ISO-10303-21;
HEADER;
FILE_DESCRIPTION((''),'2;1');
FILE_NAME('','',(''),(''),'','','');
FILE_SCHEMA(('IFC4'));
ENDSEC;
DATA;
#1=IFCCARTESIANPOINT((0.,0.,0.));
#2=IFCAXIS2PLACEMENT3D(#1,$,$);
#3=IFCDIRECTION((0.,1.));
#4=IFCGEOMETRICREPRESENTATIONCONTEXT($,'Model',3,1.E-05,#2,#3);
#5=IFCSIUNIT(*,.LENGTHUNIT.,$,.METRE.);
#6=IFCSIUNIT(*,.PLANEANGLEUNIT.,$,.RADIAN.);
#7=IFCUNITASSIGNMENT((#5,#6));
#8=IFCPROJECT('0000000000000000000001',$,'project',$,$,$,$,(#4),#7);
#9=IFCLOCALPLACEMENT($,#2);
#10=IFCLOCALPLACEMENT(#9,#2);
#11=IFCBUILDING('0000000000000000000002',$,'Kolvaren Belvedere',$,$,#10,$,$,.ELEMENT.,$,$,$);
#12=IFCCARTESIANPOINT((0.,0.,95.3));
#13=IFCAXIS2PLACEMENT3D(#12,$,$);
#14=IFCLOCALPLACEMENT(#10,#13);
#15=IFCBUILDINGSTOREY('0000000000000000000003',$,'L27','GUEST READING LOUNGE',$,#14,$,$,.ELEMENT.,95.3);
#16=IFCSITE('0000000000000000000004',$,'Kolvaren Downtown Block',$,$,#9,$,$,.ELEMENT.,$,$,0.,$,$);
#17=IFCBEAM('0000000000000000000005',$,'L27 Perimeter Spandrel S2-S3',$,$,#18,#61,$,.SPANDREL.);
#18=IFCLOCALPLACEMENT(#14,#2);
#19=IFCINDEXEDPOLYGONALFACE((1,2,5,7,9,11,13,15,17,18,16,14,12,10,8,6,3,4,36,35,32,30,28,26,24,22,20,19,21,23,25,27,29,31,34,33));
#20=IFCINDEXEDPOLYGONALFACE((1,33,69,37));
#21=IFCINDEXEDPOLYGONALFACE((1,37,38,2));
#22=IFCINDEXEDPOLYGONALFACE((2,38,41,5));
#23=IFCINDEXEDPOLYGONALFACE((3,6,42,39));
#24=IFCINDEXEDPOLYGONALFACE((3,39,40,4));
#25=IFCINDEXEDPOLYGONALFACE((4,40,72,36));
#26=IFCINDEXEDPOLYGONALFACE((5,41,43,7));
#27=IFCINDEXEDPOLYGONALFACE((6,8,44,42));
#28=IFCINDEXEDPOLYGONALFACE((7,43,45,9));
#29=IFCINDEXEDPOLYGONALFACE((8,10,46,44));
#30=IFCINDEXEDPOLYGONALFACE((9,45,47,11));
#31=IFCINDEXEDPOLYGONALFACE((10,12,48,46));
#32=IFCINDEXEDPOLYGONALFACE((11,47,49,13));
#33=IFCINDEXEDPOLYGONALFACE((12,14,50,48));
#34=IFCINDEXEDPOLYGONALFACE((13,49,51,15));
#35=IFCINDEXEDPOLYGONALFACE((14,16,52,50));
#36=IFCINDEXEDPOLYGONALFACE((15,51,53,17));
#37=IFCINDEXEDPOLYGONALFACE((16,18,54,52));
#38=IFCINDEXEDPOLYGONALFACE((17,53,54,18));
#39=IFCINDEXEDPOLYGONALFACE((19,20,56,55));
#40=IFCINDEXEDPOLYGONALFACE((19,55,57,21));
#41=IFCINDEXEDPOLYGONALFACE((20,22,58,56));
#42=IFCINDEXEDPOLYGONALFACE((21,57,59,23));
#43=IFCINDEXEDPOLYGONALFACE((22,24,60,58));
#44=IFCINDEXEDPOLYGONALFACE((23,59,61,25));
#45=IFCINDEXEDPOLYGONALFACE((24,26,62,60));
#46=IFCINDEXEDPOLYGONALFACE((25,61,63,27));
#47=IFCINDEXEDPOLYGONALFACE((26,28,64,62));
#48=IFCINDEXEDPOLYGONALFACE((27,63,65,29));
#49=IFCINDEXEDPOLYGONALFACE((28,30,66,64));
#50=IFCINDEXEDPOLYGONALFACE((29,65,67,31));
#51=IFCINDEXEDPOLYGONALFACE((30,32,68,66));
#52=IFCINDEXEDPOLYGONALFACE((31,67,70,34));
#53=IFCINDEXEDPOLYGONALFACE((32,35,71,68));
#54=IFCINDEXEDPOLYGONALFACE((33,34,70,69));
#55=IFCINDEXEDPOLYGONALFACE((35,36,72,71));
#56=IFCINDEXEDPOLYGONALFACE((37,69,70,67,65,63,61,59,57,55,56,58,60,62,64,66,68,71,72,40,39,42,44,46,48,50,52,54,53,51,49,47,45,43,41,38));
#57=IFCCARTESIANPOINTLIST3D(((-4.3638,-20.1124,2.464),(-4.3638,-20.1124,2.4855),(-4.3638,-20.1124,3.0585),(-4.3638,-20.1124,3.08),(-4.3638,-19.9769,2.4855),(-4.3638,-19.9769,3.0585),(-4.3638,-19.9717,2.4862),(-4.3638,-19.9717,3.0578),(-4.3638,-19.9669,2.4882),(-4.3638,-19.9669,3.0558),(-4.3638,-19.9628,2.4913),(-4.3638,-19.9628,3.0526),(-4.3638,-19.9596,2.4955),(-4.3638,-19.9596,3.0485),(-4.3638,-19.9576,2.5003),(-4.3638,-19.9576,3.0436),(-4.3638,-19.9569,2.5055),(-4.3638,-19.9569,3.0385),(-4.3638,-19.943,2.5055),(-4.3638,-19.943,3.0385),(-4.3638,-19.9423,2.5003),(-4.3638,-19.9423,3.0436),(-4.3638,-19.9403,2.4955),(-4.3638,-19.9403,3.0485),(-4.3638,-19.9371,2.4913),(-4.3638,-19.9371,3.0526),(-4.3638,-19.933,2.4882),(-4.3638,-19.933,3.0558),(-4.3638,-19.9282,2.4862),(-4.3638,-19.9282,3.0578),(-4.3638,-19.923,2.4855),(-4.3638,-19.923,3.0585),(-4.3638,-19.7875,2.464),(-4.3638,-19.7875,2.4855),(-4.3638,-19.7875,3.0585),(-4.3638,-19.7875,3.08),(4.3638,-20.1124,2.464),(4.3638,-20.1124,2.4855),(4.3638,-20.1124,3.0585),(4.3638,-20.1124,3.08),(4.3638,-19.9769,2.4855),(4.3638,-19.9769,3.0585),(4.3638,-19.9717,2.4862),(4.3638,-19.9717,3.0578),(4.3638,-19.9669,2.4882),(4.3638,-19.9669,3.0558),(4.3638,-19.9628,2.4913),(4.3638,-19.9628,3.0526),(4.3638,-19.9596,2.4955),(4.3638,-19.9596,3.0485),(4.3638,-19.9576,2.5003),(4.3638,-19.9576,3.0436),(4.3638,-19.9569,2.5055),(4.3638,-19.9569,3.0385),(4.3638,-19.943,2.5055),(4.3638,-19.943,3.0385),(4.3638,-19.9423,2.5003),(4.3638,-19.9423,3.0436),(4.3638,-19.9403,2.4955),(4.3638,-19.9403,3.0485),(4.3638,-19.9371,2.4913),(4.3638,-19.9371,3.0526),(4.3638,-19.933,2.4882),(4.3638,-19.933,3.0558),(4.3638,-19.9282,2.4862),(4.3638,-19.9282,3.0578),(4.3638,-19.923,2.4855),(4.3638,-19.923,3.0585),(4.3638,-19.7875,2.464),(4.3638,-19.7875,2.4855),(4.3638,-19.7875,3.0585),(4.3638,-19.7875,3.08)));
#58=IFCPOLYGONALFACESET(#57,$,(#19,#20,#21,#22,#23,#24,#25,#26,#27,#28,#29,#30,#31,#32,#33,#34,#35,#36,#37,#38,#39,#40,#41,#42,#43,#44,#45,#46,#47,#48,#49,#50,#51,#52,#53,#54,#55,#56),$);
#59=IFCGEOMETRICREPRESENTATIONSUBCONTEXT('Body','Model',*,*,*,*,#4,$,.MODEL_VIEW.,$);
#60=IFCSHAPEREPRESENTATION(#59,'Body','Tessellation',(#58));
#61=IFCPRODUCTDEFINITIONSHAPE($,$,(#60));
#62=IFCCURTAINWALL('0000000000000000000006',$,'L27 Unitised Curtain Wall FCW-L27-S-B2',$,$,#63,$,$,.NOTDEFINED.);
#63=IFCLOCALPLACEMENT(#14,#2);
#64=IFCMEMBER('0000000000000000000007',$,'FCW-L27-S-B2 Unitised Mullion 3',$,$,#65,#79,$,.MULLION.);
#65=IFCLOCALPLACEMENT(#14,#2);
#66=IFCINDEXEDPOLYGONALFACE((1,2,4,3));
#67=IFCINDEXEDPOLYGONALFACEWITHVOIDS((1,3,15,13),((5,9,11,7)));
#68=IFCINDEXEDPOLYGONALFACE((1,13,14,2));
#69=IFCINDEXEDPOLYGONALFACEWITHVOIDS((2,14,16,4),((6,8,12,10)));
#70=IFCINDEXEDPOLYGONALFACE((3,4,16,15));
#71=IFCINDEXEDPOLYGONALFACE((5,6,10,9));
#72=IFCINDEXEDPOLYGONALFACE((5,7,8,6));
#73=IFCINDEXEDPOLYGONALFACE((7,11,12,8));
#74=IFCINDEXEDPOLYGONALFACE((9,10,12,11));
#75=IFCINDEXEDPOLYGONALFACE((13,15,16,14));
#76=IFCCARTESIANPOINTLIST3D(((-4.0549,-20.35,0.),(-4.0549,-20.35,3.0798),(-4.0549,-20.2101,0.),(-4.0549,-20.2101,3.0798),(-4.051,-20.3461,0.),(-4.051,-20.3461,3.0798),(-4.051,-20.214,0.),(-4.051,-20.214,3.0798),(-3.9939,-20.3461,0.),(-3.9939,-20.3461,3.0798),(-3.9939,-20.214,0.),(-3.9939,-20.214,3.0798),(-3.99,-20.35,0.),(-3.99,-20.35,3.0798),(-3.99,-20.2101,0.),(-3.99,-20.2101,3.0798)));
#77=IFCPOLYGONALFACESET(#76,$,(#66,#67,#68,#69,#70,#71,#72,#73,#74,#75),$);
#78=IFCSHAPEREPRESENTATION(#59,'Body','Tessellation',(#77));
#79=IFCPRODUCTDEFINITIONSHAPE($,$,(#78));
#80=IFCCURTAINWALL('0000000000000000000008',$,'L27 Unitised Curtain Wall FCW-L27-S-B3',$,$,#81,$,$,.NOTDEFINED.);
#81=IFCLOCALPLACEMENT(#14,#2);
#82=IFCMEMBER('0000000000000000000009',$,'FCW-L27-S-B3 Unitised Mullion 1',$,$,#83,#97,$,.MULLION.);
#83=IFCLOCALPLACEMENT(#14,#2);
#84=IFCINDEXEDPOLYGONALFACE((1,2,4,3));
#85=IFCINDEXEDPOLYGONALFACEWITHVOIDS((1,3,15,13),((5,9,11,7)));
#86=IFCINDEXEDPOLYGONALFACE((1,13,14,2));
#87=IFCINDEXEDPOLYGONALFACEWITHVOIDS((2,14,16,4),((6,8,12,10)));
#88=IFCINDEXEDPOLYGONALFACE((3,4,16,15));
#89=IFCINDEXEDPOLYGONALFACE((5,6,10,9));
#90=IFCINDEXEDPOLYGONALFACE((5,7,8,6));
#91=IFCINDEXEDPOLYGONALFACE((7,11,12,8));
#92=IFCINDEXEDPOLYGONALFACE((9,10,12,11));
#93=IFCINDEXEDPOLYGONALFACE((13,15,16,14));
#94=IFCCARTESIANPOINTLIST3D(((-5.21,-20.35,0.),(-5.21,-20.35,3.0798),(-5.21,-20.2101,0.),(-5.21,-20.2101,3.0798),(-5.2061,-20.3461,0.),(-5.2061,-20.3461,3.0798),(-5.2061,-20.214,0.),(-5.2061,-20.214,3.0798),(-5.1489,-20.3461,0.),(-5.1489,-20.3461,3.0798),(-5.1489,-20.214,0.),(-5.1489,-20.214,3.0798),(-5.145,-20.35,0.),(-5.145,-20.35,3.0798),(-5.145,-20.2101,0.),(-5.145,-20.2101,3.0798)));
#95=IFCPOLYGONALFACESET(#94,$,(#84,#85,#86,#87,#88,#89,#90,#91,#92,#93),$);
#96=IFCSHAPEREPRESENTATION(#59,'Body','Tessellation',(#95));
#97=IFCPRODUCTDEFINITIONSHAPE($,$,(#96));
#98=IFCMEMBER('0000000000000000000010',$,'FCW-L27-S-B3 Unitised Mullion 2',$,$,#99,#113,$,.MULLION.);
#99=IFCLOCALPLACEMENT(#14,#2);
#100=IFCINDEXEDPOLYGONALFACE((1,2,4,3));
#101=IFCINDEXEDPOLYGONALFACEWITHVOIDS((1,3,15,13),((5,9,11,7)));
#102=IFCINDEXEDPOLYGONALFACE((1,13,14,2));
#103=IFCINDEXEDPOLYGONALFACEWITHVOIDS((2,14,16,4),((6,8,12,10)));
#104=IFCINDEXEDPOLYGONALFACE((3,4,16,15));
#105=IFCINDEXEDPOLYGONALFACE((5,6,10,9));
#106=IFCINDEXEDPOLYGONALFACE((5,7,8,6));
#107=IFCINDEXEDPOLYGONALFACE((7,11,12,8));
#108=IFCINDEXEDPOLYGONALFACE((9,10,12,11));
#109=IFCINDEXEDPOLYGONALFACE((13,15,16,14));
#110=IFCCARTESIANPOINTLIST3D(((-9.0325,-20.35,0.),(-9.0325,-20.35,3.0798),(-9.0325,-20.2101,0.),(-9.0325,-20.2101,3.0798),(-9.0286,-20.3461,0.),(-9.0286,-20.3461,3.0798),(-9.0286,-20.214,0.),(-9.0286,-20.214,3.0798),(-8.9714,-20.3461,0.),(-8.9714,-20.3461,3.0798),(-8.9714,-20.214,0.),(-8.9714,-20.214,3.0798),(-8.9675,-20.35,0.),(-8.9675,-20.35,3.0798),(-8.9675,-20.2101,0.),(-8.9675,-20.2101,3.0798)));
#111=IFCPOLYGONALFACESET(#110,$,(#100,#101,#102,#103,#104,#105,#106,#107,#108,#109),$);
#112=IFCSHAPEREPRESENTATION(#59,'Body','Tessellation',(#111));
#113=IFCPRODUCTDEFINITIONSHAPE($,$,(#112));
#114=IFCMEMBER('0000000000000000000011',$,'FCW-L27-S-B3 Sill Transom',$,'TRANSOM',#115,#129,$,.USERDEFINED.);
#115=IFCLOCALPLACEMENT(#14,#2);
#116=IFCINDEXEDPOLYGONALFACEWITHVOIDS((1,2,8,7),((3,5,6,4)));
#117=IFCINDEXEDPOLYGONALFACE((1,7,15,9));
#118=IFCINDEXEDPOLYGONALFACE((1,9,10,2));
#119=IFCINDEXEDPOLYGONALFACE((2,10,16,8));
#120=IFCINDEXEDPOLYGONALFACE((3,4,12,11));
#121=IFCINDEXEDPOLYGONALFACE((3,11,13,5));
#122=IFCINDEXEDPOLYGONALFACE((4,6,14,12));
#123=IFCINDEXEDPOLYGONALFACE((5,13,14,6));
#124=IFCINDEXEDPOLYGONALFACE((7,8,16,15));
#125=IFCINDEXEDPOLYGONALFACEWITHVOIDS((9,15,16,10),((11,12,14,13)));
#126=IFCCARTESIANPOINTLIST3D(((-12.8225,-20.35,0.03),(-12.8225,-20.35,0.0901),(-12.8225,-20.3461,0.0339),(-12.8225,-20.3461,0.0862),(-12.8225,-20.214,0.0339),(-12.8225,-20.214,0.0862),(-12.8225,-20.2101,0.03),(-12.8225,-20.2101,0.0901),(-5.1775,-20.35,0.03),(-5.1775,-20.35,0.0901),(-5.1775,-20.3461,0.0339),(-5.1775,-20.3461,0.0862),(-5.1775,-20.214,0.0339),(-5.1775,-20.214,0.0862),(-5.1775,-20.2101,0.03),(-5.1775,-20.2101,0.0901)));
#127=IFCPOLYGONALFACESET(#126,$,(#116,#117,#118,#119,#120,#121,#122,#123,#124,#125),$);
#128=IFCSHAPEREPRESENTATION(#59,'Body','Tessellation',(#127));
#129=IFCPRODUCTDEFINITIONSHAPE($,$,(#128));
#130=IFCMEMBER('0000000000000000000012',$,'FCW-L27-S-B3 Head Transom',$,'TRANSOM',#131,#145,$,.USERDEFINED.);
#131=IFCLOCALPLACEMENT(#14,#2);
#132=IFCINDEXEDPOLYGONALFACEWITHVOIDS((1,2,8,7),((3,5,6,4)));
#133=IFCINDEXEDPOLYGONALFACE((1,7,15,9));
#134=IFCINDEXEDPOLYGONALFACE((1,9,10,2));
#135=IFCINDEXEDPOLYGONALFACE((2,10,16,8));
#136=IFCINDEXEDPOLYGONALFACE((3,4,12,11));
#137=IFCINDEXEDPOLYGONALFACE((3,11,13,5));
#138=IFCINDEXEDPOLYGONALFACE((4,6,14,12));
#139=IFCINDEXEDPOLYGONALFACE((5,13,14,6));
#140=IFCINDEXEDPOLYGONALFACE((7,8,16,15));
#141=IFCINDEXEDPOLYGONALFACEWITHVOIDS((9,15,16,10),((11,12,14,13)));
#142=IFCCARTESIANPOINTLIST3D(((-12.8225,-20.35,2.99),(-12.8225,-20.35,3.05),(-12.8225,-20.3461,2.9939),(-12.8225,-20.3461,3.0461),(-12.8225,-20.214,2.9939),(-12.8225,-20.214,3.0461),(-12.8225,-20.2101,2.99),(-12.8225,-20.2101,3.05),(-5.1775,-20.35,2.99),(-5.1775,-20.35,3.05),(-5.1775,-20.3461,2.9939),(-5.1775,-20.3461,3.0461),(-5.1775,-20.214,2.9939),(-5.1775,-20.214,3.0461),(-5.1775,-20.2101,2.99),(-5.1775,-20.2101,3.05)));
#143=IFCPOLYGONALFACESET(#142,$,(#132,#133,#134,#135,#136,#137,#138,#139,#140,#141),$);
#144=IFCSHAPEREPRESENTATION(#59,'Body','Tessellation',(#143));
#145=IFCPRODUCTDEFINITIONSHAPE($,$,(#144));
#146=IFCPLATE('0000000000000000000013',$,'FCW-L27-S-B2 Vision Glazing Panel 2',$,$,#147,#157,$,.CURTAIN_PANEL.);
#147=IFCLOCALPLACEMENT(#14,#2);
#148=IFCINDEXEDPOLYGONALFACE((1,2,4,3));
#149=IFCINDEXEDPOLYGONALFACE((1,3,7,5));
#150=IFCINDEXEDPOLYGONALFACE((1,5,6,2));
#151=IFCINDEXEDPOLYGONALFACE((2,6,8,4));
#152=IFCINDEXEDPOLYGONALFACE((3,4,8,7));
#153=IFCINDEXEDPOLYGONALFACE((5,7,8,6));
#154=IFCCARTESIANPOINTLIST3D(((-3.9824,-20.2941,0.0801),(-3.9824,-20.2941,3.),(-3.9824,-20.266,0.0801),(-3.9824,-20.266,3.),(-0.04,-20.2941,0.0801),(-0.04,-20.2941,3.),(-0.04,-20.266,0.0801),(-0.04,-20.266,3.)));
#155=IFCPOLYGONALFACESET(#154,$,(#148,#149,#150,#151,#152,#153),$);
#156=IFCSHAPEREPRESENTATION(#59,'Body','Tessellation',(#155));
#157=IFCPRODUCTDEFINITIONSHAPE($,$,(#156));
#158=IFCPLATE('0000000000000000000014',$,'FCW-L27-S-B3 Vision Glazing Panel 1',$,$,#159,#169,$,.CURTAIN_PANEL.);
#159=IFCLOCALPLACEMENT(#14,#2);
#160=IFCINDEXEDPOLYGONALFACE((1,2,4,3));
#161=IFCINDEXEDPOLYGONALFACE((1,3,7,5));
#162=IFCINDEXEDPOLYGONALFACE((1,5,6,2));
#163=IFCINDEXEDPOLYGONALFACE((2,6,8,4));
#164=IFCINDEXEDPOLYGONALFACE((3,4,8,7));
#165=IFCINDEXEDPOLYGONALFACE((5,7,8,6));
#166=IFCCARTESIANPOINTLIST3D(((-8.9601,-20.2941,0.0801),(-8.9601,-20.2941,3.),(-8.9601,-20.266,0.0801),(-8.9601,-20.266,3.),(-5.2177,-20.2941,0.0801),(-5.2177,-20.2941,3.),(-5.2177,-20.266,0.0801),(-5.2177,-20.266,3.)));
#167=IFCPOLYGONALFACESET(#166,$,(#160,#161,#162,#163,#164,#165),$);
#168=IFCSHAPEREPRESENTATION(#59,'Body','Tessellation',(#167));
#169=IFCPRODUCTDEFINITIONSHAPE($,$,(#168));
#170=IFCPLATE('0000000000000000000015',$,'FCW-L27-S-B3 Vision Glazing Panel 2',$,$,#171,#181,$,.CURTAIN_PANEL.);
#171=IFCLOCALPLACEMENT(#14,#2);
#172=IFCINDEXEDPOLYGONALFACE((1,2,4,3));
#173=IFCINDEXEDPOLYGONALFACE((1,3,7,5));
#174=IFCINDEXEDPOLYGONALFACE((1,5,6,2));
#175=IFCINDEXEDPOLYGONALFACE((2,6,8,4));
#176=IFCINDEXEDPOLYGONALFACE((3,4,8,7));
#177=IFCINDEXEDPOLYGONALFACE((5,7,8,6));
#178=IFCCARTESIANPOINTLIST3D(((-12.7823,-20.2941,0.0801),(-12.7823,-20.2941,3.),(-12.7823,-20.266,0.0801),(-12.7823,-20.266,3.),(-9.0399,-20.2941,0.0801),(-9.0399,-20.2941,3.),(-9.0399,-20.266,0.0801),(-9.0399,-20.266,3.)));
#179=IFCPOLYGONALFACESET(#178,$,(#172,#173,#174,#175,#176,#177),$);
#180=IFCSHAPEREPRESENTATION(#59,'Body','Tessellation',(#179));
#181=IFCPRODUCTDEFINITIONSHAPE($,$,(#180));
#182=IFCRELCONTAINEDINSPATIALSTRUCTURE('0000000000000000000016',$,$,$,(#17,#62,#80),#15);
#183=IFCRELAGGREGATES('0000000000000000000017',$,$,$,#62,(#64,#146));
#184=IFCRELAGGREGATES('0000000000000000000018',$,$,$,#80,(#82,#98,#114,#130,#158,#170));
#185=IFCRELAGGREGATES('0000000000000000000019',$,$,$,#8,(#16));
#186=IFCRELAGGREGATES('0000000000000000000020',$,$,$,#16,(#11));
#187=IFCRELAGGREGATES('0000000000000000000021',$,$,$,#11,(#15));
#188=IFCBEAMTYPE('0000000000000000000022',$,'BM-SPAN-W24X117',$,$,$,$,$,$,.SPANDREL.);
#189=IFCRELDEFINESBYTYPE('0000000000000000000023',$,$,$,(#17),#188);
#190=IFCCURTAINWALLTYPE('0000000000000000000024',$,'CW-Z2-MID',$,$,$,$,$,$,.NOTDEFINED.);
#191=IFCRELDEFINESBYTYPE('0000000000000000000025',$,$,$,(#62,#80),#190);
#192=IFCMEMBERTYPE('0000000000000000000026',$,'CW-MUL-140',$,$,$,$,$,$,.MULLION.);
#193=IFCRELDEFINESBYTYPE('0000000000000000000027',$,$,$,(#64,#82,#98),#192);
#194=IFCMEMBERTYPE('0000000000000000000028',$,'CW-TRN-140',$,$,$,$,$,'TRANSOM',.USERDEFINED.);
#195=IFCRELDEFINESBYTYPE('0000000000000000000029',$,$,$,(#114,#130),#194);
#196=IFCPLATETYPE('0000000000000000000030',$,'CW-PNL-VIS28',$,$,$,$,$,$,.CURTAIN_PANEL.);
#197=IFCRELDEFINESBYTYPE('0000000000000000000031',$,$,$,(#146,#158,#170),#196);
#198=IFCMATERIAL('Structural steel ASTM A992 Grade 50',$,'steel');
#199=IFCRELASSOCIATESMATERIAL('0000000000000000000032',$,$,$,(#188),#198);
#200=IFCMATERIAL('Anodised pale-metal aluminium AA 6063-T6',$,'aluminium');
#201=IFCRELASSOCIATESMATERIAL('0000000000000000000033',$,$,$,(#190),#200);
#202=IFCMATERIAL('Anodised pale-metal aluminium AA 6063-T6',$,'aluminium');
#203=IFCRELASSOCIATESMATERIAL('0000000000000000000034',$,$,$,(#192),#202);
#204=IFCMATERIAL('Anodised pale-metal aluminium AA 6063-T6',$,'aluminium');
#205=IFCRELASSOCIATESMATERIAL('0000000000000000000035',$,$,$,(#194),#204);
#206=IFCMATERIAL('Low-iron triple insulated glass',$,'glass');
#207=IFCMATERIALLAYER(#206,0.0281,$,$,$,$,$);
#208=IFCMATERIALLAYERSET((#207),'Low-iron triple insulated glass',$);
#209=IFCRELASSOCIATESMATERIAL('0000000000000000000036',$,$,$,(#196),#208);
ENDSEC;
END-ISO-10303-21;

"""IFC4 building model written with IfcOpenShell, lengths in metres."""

from ifc_helpers import new_model, si_unit, direction, frame, origin, origin_2d, place, context, subcontext, project, spatial, rectangle, hollow_rectangle, i_section, extrude, material, layer, layer_set, material_profile, profile_set, type_object, element, aggregate, save


model = new_model("IFC4")

# Units and contexts
model_context = context("Model", 3, precision=1e-05, world=origin(), true_north=direction((0.0, 1.0)))
body_context = subcontext(model_context, "Body", "Model", "MODEL_VIEW")
ifc_project = project(units=[si_unit("LENGTHUNIT", "METRE"), si_unit("PLANEANGLEUNIT", "RADIAN")], contexts=[model_context])

# Site, building, storey
site_placement = place(None, origin())
site = spatial("IfcSite", under=ifc_project, at=site_placement, Name="Kolvaren Downtown Block", CompositionType="ELEMENT", RefElevation=0.0)
building_placement = place(site_placement, origin())
building = spatial("IfcBuilding", under=site, at=building_placement, Name="Kolvaren Belvedere", CompositionType="ELEMENT")
storey_placement = place(building_placement, frame((0.0, 0.0, 95.3)))
storey = spatial("IfcBuildingStorey", under=building, at=storey_placement, Name="L27", Description="GUEST READING LOUNGE", CompositionType="ELEMENT", Elevation=95.3)

# Beam
ifc_material_1 = material(Name="Structural steel ASTM A992 Grade 50", Category="steel")
ifc_material_profile_1 = material_profile(ifc_material_1, i_section(OverallWidth=0.325, OverallDepth=0.616, WebThickness=0.0139, FlangeThickness=0.0215, FilletRadius=0.02, at=origin_2d()), Name="W24X117")
ifc_profile_set_1 = profile_set([ifc_material_profile_1], Name="Structural steel ASTM A992 Grade 50")
beam_type_1 = type_object("IfcBeamType", Name="BM-SPAN-W24X117", PredefinedType="SPANDREL", material=ifc_profile_set_1)
beam_1_placement = place(storey_placement, frame((-4.3638, -19.95, 2.772), z_axis=(1.0, 0.0, 0.0), x_axis=(0.0, 1.0, 0.0)))
element("IfcBeam", 1, at=beam_1_placement, inside=storey, type_object=beam_type_1, Name="L27 Perimeter Spandrel S2-S3", PredefinedType="SPANDREL", context=body_context, shape_type="SweptSolid", body=[
    extrude(i_section(OverallWidth=0.325, OverallDepth=0.616, WebThickness=0.0139, FlangeThickness=0.0215, FilletRadius=0.02, at=origin_2d()), origin(), (0.0, 0.0, 1.0), 8.7275),
])

# Curtain wall, member
ifc_material_2 = material(Name="Anodised pale-metal aluminium AA 6063-T6", Category="aluminium")
curtain_wall_type = type_object("IfcCurtainWallType", Name="CW-Z2-MID", PredefinedType="NOTDEFINED", material=ifc_material_2)
curtain_wall_1_placement = place(storey_placement, origin())
curtain_wall_1 = element("IfcCurtainWall", 2, at=curtain_wall_1_placement, inside=storey, type_object=curtain_wall_type, Name="L27 Unitised Curtain Wall FCW-L27-S-B2", PredefinedType="NOTDEFINED")
ifc_material_3 = material(Name="Anodised pale-metal aluminium AA 6063-T6", Category="aluminium")
ifc_material_profile_2 = material_profile(ifc_material_3, hollow_rectangle(XDim=0.0649, YDim=0.1399, WallThickness=0.0039, at=origin_2d()), Name="ALU-MUL-140X65")
ifc_profile_set_2 = profile_set([ifc_material_profile_2], Name="Anodised pale-metal aluminium AA 6063-T6")
member_type_1 = type_object("IfcMemberType", Name="CW-MUL-140", PredefinedType="MULLION", material=ifc_profile_set_2)
member_1_placement = place(storey_placement, frame((-4.0225, -20.28, 0.0), z_axis=(0.0, 0.0, 1.0), x_axis=(1.0, 0.0, 0.0)))
member_1 = element("IfcMember", 3, at=member_1_placement, type_object=member_type_1, Name="FCW-L27-S-B2 Unitised Mullion 3", PredefinedType="MULLION", context=body_context, shape_type="SweptSolid", body=[
    extrude(hollow_rectangle(XDim=0.0649, YDim=0.1399, WallThickness=0.0039, at=origin_2d()), origin(), (0.0, 0.0, 1.0), 3.0798),
])

# Curtain wall, members
curtain_wall_2_placement = place(storey_placement, origin())
curtain_wall_2 = element("IfcCurtainWall", 4, at=curtain_wall_2_placement, inside=storey, type_object=curtain_wall_type, Name="L27 Unitised Curtain Wall FCW-L27-S-B3", PredefinedType="NOTDEFINED")
member_2_placement = place(storey_placement, frame((-5.1775, -20.28, 0.0), z_axis=(0.0, 0.0, 1.0), x_axis=(1.0, 0.0, 0.0)))
member_2 = element("IfcMember", 5, at=member_2_placement, type_object=member_type_1, Name="FCW-L27-S-B3 Unitised Mullion 1", PredefinedType="MULLION", context=body_context, shape_type="SweptSolid", body=[
    extrude(hollow_rectangle(XDim=0.0649, YDim=0.1399, WallThickness=0.0039, at=origin_2d()), origin(), (0.0, 0.0, 1.0), 3.0798),
])
member_3_placement = place(storey_placement, frame((-9.0, -20.28, 0.0), z_axis=(0.0, 0.0, 1.0), x_axis=(1.0, 0.0, 0.0)))
member_3 = element("IfcMember", 6, at=member_3_placement, type_object=member_type_1, Name="FCW-L27-S-B3 Unitised Mullion 2", PredefinedType="MULLION", context=body_context, shape_type="SweptSolid", body=[
    extrude(hollow_rectangle(XDim=0.0649, YDim=0.1399, WallThickness=0.0039, at=origin_2d()), origin(), (0.0, 0.0, 1.0), 3.0798),
])
ifc_material_4 = material(Name="Anodised pale-metal aluminium AA 6063-T6", Category="aluminium")
ifc_material_profile_3 = material_profile(ifc_material_4, hollow_rectangle(XDim=0.0601, YDim=0.1399, WallThickness=0.0039, at=origin_2d()), Name="ALU-TRN-140X60")
ifc_profile_set_3 = profile_set([ifc_material_profile_3], Name="Anodised pale-metal aluminium AA 6063-T6")
member_type_2 = type_object("IfcMemberType", Name="CW-TRN-140", ElementType="TRANSOM", PredefinedType="USERDEFINED", material=ifc_profile_set_3)
member_4_placement = place(storey_placement, frame((-5.1775, -20.28, 0.0601), z_axis=(-1.0, 0.0, 0.0), x_axis=(0.0, 0.0, 1.0)))
member_4 = element("IfcMember", 7, at=member_4_placement, type_object=member_type_2, Name="FCW-L27-S-B3 Sill Transom", ObjectType="TRANSOM", PredefinedType="USERDEFINED", context=body_context, shape_type="SweptSolid", body=[
    extrude(hollow_rectangle(XDim=0.0601, YDim=0.1399, WallThickness=0.0039, at=origin_2d()), origin(), (0.0, 0.0, 1.0), 7.645),
])
member_5_placement = place(storey_placement, frame((-5.1775, -20.28, 3.02), z_axis=(-1.0, 0.0, 0.0), x_axis=(0.0, 0.0, 1.0)))
member_5 = element("IfcMember", 8, at=member_5_placement, type_object=member_type_2, Name="FCW-L27-S-B3 Head Transom", ObjectType="TRANSOM", PredefinedType="USERDEFINED", context=body_context, shape_type="SweptSolid", body=[
    extrude(hollow_rectangle(XDim=0.0601, YDim=0.1399, WallThickness=0.0039, at=origin_2d()), origin(), (0.0, 0.0, 1.0), 7.645),
])

# Plates
ifc_material_5 = material(Name="Low-iron triple insulated glass", Category="glass")
ifc_layer_1 = layer(ifc_material_5, 0.0281)
ifc_layer_set_1 = layer_set([ifc_layer_1], Name="Low-iron triple insulated glass")
plate_type_1 = type_object("IfcPlateType", Name="CW-PNL-VIS28", PredefinedType="CURTAIN_PANEL", material=ifc_layer_set_1)
plate_1_placement = place(storey_placement, frame((-2.0112, -20.28, 0.0801), z_axis=(0.0, 0.0, 1.0), x_axis=(-1.0, 0.0, 0.0)))
plate_1 = element("IfcPlate", 9, at=plate_1_placement, type_object=plate_type_1, Name="FCW-L27-S-B2 Vision Glazing Panel 2", PredefinedType="CURTAIN_PANEL", context=body_context, shape_type="SweptSolid", body=[
    extrude(rectangle(XDim=3.9424, YDim=0.0281, at=origin_2d()), origin(), (0.0, 0.0, 1.0), 2.9199),
])
aggregate(curtain_wall_1, [member_1, plate_1])
plate_2_placement = place(storey_placement, frame((-7.0889, -20.28, 0.0801), z_axis=(0.0, 0.0, 1.0), x_axis=(-1.0, 0.0, 0.0)))
plate_2 = element("IfcPlate", 10, at=plate_2_placement, type_object=plate_type_1, Name="FCW-L27-S-B3 Vision Glazing Panel 1", PredefinedType="CURTAIN_PANEL", context=body_context, shape_type="SweptSolid", body=[
    extrude(rectangle(XDim=3.7424, YDim=0.0281, at=origin_2d()), origin(), (0.0, 0.0, 1.0), 2.9199),
])
plate_3_placement = place(storey_placement, frame((-10.9111, -20.28, 0.0801), z_axis=(0.0, 0.0, 1.0), x_axis=(-1.0, 0.0, 0.0)))
plate_3 = element("IfcPlate", 11, at=plate_3_placement, type_object=plate_type_1, Name="FCW-L27-S-B3 Vision Glazing Panel 2", PredefinedType="CURTAIN_PANEL", context=body_context, shape_type="SweptSolid", body=[
    extrude(rectangle(XDim=3.7424, YDim=0.0281, at=origin_2d()), origin(), (0.0, 0.0, 1.0), 2.9199),
])
aggregate(curtain_wall_2, [member_2, member_3, member_4, member_5, plate_2, plate_3])

save(model, "model.ifc")
